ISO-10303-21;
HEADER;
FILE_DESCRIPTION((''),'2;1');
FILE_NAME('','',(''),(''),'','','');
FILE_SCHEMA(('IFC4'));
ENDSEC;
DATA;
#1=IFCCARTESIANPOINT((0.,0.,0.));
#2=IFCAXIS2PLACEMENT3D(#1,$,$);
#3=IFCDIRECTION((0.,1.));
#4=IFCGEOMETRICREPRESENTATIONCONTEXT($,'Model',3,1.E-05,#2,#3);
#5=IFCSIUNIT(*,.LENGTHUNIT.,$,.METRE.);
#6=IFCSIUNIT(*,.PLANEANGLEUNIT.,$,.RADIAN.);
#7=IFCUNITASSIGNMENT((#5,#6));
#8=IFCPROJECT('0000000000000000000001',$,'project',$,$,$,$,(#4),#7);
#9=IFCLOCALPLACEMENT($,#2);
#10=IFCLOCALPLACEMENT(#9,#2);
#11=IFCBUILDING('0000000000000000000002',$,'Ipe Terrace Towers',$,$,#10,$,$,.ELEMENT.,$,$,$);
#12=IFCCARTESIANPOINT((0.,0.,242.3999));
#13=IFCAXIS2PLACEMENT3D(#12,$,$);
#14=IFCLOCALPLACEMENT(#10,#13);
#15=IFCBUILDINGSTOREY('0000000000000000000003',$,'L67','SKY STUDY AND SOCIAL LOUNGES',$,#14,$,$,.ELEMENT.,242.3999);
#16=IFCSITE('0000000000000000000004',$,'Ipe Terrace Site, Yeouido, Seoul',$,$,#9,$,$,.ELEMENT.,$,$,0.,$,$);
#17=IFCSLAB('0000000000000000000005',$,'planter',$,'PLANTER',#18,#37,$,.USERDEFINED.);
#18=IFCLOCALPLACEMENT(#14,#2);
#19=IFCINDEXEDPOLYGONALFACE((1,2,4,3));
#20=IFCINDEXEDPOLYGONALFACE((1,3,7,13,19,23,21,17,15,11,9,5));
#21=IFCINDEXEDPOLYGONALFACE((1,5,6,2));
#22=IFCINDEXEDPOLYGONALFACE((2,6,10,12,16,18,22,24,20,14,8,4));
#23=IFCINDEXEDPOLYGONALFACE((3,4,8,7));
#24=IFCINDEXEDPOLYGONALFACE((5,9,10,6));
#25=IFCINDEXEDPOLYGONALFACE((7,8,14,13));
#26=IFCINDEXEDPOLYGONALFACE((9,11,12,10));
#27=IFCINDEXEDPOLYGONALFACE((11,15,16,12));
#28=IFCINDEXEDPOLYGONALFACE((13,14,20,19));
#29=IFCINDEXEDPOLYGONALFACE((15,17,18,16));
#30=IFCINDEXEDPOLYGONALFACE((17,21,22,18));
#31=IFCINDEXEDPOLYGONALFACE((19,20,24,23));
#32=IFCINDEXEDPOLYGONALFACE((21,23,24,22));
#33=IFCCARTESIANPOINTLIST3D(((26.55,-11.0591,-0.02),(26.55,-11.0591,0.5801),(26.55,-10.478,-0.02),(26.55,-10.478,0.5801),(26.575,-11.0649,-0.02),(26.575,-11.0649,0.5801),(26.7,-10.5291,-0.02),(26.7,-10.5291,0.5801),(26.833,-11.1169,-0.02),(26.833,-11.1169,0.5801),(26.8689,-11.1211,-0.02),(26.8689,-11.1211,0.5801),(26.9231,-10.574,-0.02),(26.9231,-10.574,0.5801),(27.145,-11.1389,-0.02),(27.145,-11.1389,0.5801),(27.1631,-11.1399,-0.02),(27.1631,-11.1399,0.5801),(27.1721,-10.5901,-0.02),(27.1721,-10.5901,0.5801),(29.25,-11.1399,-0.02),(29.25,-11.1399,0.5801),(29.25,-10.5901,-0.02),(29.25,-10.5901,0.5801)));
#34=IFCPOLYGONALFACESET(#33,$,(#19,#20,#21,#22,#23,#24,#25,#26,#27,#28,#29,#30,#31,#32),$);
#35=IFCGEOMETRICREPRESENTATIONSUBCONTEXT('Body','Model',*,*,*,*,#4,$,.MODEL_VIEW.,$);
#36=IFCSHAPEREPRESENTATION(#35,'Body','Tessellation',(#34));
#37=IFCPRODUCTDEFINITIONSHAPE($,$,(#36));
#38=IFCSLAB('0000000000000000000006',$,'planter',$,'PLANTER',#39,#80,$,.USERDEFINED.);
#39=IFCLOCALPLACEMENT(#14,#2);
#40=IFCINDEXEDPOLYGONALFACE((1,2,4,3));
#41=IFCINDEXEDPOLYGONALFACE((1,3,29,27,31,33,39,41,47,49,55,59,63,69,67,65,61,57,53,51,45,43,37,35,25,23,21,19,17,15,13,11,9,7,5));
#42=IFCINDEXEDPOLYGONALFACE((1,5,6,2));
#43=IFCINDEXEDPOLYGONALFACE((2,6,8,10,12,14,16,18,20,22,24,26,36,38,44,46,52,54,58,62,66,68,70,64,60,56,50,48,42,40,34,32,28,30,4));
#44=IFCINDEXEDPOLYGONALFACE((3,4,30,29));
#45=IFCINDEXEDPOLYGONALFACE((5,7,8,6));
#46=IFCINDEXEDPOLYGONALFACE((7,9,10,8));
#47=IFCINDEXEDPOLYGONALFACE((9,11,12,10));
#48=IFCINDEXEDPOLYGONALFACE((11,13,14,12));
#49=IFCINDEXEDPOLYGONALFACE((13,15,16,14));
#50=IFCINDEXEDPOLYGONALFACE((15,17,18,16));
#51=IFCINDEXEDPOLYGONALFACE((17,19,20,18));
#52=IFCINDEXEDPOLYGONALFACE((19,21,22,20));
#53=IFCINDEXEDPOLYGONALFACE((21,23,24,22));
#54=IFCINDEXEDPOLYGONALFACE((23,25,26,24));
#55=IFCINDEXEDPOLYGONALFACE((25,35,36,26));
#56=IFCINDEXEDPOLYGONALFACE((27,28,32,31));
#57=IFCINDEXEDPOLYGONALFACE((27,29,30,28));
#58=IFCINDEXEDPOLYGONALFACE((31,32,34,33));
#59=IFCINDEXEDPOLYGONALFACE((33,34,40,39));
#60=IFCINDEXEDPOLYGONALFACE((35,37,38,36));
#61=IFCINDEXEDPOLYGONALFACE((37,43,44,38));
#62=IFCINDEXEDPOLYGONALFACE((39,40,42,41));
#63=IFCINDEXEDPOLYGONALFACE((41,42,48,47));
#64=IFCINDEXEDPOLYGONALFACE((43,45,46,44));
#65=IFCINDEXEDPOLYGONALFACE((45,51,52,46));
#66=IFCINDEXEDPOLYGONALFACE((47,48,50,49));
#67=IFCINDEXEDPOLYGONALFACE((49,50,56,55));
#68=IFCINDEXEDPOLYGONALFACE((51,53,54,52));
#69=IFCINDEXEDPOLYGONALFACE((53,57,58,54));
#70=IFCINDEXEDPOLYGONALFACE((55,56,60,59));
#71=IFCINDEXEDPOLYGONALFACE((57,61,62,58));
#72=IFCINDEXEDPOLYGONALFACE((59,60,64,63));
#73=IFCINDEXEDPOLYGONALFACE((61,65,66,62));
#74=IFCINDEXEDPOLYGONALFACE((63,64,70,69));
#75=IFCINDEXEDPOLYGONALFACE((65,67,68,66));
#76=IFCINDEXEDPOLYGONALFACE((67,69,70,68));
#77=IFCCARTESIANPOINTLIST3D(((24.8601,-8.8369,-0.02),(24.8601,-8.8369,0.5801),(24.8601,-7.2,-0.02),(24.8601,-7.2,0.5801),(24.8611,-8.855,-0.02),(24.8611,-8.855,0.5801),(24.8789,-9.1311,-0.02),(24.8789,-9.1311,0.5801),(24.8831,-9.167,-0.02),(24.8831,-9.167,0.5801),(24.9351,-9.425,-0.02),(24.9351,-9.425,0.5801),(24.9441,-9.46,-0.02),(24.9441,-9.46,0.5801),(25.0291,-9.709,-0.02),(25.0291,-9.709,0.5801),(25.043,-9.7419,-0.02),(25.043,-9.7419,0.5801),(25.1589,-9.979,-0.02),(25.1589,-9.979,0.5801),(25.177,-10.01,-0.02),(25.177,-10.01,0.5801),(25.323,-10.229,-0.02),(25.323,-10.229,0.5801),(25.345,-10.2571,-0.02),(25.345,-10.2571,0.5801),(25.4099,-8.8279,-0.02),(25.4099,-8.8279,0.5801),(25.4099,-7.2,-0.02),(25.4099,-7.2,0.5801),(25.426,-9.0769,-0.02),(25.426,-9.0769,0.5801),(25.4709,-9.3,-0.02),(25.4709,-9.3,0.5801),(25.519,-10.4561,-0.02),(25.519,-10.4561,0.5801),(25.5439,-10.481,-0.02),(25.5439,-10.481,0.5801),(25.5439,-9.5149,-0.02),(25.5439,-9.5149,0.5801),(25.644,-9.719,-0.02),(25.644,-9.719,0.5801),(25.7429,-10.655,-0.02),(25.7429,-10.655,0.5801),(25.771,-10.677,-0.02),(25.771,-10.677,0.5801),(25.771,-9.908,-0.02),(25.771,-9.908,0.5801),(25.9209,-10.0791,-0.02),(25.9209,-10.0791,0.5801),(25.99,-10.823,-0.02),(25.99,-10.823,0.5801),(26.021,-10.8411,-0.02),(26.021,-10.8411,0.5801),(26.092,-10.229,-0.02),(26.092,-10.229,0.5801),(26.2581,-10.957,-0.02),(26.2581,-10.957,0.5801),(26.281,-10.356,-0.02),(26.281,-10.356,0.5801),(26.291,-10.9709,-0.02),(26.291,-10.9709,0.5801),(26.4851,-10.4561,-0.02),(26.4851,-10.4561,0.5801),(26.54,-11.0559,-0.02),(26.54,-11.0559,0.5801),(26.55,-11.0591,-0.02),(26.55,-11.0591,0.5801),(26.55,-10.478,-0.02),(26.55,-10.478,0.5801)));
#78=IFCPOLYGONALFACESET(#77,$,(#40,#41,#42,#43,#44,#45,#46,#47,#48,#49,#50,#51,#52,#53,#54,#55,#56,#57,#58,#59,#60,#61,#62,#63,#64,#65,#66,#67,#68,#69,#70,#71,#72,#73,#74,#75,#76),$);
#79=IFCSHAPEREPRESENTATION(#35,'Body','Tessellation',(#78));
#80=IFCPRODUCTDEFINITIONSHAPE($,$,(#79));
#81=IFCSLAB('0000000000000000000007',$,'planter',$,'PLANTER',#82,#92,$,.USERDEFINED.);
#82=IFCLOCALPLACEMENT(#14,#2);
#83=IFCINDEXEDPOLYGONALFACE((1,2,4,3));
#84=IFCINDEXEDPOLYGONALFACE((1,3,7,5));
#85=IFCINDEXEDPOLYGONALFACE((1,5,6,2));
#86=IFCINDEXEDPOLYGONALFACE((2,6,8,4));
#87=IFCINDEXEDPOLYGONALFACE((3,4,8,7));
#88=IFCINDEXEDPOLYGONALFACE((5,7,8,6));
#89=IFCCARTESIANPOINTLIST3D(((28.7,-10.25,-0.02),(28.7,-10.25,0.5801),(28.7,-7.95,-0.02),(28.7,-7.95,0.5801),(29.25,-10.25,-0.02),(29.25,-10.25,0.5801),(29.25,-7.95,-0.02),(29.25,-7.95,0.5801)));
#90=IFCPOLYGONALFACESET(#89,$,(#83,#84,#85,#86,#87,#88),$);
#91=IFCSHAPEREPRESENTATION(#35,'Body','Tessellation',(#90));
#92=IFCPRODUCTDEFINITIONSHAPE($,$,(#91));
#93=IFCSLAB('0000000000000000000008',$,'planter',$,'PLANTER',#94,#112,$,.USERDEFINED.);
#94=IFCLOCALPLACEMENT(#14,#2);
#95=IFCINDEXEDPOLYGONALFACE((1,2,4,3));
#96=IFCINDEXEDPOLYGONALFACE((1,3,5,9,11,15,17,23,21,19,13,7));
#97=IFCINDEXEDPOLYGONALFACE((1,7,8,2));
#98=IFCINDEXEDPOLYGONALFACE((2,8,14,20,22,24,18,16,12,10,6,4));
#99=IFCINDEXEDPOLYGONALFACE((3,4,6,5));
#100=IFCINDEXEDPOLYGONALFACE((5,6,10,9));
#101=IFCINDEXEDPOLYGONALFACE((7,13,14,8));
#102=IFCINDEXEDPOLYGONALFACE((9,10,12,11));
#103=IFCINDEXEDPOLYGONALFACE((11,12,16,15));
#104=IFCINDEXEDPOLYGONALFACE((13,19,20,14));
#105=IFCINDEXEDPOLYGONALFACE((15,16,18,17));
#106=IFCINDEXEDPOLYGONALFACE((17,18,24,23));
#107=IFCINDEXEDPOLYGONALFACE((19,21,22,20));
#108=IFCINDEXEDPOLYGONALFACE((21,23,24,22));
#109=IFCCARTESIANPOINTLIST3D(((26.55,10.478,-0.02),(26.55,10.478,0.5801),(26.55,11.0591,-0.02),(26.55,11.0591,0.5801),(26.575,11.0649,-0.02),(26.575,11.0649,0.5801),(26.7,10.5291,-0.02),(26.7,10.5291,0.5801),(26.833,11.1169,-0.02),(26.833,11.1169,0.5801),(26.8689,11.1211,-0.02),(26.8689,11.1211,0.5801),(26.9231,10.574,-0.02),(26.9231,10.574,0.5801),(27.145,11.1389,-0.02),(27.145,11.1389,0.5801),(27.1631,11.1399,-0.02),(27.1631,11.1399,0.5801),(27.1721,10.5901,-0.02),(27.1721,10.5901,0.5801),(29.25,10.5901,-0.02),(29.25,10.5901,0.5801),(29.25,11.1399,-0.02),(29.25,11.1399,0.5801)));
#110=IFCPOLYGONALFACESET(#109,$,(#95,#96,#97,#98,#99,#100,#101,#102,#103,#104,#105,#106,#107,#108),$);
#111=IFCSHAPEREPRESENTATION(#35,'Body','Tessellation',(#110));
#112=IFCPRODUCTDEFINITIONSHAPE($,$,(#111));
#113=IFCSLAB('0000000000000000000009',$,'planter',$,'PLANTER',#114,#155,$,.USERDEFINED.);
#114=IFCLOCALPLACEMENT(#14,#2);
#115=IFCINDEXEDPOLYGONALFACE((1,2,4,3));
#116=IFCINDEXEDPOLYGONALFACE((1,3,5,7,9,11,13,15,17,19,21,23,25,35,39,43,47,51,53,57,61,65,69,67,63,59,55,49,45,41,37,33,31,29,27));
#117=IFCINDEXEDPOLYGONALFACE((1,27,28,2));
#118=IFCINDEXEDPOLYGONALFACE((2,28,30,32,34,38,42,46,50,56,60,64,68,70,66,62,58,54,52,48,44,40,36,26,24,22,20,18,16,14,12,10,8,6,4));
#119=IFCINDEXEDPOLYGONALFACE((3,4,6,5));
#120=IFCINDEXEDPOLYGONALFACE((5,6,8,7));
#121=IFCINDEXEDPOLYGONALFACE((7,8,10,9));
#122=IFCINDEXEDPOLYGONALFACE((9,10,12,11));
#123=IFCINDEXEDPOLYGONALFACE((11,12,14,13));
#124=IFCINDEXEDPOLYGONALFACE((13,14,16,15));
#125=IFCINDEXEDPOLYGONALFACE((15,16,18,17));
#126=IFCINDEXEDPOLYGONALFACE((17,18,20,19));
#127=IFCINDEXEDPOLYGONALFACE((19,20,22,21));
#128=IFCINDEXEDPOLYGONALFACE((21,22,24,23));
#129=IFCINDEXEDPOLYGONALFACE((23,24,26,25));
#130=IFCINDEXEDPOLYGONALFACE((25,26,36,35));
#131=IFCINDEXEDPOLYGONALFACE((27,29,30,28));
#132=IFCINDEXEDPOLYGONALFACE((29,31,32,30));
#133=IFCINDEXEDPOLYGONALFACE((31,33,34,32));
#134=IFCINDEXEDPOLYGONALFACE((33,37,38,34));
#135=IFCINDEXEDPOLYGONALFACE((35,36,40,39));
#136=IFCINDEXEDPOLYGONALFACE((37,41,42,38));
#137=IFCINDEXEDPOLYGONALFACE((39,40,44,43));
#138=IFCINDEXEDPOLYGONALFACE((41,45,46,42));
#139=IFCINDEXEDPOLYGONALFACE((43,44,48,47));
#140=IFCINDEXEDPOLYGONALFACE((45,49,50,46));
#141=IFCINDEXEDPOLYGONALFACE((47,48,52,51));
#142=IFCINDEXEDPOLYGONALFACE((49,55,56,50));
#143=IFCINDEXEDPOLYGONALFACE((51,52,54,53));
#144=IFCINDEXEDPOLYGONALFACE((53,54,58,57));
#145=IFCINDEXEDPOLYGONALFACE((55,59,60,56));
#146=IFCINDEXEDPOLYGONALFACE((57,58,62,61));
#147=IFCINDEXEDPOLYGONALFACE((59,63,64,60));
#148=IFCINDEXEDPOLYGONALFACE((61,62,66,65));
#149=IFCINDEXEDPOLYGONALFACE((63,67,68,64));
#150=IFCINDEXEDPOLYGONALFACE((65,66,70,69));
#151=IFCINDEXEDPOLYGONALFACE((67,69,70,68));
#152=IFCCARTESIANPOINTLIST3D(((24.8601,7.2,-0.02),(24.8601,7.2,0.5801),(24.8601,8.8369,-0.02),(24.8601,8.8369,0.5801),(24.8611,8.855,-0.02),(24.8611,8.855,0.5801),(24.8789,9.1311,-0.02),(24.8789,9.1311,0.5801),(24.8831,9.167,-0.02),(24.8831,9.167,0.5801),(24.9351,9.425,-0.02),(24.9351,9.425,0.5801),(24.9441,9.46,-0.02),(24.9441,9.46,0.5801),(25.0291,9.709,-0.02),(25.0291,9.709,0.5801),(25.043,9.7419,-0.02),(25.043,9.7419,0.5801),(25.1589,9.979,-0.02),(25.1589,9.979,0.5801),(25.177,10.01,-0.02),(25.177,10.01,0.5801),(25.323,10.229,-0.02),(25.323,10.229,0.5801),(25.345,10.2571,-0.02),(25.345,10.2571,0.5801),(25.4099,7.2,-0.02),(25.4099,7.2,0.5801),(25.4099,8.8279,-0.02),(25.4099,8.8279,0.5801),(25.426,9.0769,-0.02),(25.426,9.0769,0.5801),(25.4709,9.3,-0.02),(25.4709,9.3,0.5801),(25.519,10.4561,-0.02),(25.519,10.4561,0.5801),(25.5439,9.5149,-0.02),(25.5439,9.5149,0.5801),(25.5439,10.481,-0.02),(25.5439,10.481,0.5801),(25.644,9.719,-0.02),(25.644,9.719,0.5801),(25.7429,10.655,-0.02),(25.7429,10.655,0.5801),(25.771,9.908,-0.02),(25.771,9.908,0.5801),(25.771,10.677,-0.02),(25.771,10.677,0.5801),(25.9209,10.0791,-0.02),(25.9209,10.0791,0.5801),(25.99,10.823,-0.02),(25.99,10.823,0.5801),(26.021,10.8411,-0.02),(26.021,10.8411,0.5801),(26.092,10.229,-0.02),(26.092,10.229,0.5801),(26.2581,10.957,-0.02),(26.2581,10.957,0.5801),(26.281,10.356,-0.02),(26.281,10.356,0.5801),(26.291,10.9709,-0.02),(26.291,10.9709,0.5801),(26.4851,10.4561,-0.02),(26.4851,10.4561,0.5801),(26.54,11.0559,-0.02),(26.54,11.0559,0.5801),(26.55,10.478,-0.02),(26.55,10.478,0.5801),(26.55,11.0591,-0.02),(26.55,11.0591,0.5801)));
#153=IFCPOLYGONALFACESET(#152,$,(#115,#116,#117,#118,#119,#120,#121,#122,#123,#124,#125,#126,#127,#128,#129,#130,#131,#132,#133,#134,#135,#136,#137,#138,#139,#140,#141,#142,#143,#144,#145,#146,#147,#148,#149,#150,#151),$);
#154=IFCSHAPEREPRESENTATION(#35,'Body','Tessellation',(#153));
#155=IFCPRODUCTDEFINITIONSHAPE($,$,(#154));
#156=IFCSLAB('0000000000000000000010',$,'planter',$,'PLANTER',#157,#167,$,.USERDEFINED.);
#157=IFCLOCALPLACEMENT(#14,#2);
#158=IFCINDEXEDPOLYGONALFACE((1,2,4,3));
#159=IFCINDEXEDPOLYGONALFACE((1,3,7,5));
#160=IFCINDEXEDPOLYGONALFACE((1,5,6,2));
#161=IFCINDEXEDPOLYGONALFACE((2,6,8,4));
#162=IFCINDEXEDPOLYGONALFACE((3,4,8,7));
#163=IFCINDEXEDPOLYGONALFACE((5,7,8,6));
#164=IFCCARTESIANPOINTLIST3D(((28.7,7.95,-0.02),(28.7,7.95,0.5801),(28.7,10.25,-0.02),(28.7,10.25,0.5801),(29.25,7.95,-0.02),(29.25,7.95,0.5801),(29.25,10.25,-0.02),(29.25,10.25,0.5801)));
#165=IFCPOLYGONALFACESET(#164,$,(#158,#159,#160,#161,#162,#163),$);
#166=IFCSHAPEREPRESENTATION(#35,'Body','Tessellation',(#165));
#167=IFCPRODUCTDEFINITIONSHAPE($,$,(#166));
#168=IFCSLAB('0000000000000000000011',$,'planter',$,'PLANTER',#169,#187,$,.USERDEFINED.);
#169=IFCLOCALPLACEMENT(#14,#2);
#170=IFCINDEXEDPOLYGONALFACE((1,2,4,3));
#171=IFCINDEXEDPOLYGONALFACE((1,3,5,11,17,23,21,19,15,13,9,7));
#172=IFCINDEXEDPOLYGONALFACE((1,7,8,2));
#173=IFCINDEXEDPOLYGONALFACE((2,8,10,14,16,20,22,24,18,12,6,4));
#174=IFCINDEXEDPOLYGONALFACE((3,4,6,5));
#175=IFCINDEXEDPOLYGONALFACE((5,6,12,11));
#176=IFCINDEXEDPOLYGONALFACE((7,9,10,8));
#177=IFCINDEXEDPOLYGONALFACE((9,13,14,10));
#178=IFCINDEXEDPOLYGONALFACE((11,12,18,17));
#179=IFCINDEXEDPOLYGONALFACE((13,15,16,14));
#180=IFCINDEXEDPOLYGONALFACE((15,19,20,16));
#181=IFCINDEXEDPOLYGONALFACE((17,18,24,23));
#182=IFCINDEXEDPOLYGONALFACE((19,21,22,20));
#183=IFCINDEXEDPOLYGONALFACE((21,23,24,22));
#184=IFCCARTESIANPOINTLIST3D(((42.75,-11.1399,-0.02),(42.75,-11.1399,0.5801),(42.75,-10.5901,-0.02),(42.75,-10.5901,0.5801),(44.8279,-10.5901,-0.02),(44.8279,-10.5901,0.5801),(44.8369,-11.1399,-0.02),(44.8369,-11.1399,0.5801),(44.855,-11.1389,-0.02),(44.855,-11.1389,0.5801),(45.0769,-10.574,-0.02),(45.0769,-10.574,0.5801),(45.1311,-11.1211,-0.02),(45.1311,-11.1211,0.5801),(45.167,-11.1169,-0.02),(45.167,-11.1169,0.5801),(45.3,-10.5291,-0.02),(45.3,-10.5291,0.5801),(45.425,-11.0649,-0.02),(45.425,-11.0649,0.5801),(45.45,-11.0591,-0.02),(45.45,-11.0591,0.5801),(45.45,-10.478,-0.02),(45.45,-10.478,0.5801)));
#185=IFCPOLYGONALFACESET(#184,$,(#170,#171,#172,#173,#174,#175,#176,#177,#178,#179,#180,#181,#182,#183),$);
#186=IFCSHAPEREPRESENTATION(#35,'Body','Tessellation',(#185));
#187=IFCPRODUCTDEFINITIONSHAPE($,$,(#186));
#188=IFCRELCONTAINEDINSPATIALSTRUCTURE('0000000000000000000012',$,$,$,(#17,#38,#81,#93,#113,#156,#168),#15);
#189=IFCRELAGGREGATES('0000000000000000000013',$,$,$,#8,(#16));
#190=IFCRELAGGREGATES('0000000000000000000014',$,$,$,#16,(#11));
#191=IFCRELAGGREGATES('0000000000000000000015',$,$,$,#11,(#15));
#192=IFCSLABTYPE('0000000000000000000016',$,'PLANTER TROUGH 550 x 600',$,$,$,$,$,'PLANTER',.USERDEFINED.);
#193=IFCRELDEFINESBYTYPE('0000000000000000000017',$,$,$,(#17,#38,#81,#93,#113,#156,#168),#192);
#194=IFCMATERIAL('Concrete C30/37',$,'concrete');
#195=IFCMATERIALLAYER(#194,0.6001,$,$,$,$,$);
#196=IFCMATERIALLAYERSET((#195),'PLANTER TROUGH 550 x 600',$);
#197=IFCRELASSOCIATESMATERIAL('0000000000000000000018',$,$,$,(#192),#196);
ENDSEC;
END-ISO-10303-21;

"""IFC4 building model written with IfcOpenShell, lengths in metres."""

from ifc_helpers import new_model, si_unit, direction, frame, origin, place, context, subcontext, project, spatial, polyline, outline, extrude, material, layer, layer_set, type_object, element, save


model = new_model("IFC4")

# Units and contexts
model_context = context("Model", 3, precision=1e-05, world=origin(), true_north=direction((0.0, 1.0)))
body_context = subcontext(model_context, "Body", "Model", "MODEL_VIEW")
ifc_project = project(units=[si_unit("LENGTHUNIT", "METRE"), si_unit("PLANEANGLEUNIT", "RADIAN")], contexts=[model_context])

# Site, building, storey
site_placement = place(None, origin())
site = spatial("IfcSite", under=ifc_project, at=site_placement, Name="Ipe Terrace Site, Yeouido, Seoul", CompositionType="ELEMENT", RefElevation=0.0)
building_placement = place(site_placement, origin())
building = spatial("IfcBuilding", under=site, at=building_placement, Name="Ipe Terrace Towers", CompositionType="ELEMENT")
storey_placement = place(building_placement, frame((0.0, 0.0, 242.3999)))
storey = spatial("IfcBuildingStorey", under=building, at=storey_placement, Name="L67", Description="SKY STUDY AND SOCIAL LOUNGES", CompositionType="ELEMENT", Elevation=242.3999)

# Slabs
ifc_material_1 = material(Name="Concrete C30/37", Category="concrete")
ifc_layer_1 = layer(ifc_material_1, 0.6001)
ifc_layer_set_1 = layer_set([ifc_layer_1], Name="PLANTER TROUGH 550 x 600")
slab_type_1 = type_object("IfcSlabType", Name="PLANTER TROUGH 550 x 600", ElementType="PLANTER", PredefinedType="USERDEFINED", material=ifc_layer_set_1)
slab_1_placement = place(storey_placement, frame((0.0, 0.0, -0.02)))
element("IfcSlab", 1, at=slab_1_placement, inside=storey, type_object=slab_type_1, Name="planter", ObjectType="PLANTER", PredefinedType="USERDEFINED", context=body_context, shape_type="SweptSolid", body=[
    extrude(outline(polyline([(26.7, -10.5291), (26.55, -10.478), (26.55, -11.0591), (26.575, -11.0649), (26.833, -11.1169), (26.8689, -11.1211), (27.145, -11.1389), (27.1631, -11.1399), (29.25, -11.1399), (29.25, -10.5901), (27.1721, -10.5901), (26.9231, -10.574), (26.7, -10.5291)])), origin(), (0.0, 0.0, 1.0), 0.6001),
])
slab_2_placement = place(storey_placement, frame((0.0, 0.0, -0.02)))
element("IfcSlab", 2, at=slab_2_placement, inside=storey, type_object=slab_type_1, Name="planter", ObjectType="PLANTER", PredefinedType="USERDEFINED", context=body_context, shape_type="SweptSolid", body=[
    extrude(outline(polyline([(26.4851, -10.4561), (26.281, -10.356), (26.092, -10.229), (25.9209, -10.0791), (25.771, -9.908), (25.644, -9.719), (25.5439, -9.5149), (25.4709, -9.3), (25.426, -9.0769), (25.4099, -8.8279), (25.4099, -7.2), (24.8601, -7.2), (24.8601, -8.8369), (24.8611, -8.855), (24.8789, -9.1311), (24.8831, -9.167), (24.9351, -9.425), (24.9441, -9.46), (25.0291, -9.709), (25.043, -9.7419), (25.1589, -9.979), (25.177, -10.01), (25.323, -10.229), (25.345, -10.2571), (25.519, -10.4561), (25.5439, -10.481), (25.7429, -10.655), (25.771, -10.677), (25.99, -10.823), (26.021, -10.8411), (26.2581, -10.957), (26.291, -10.9709), (26.54, -11.0559), (26.55, -11.0591), (26.55, -10.478), (26.4851, -10.4561)])), origin(), (0.0, 0.0, 1.0), 0.6001),
])
slab_3_placement = place(storey_placement, frame((0.0, 0.0, -0.02)))
element("IfcSlab", 3, at=slab_3_placement, inside=storey, type_object=slab_type_1, Name="planter", ObjectType="PLANTER", PredefinedType="USERDEFINED", context=body_context, shape_type="SweptSolid", body=[
    extrude(outline(polyline([(29.25, -7.95), (28.7, -7.95), (28.7, -10.25), (29.25, -10.25), (29.25, -7.95)])), origin(), (0.0, 0.0, 1.0), 0.6001),
])
slab_4_placement = place(storey_placement, frame((0.0, 0.0, -0.02)))
element("IfcSlab", 4, at=slab_4_placement, inside=storey, type_object=slab_type_1, Name="planter", ObjectType="PLANTER", PredefinedType="USERDEFINED", context=body_context, shape_type="SweptSolid", body=[
    extrude(outline(polyline([(26.7, 10.5291), (26.9231, 10.574), (27.1721, 10.5901), (29.25, 10.5901), (29.25, 11.1399), (27.1631, 11.1399), (27.145, 11.1389), (26.8689, 11.1211), (26.833, 11.1169), (26.575, 11.0649), (26.55, 11.0591), (26.55, 10.478), (26.7, 10.5291)])), origin(), (0.0, 0.0, 1.0), 0.6001),
])
slab_5_placement = place(storey_placement, frame((0.0, 0.0, -0.02)))
element("IfcSlab", 5, at=slab_5_placement, inside=storey, type_object=slab_type_1, Name="planter", ObjectType="PLANTER", PredefinedType="USERDEFINED", context=body_context, shape_type="SweptSolid", body=[
    extrude(outline(polyline([(26.4851, 10.4561), (26.55, 10.478), (26.55, 11.0591), (26.54, 11.0559), (26.291, 10.9709), (26.2581, 10.957), (26.021, 10.8411), (25.99, 10.823), (25.771, 10.677), (25.7429, 10.655), (25.5439, 10.481), (25.519, 10.4561), (25.345, 10.2571), (25.323, 10.229), (25.177, 10.01), (25.1589, 9.979), (25.043, 9.7419), (25.0291, 9.709), (24.9441, 9.46), (24.9351, 9.425), (24.8831, 9.167), (24.8789, 9.1311), (24.8611, 8.855), (24.8601, 8.8369), (24.8601, 7.2), (25.4099, 7.2), (25.4099, 8.8279), (25.426, 9.0769), (25.4709, 9.3), (25.5439, 9.5149), (25.644, 9.719), (25.771, 9.908), (25.9209, 10.0791), (26.092, 10.229), (26.281, 10.356), (26.4851, 10.4561)])), origin(), (0.0, 0.0, 1.0), 0.6001),
])
slab_6_placement = place(storey_placement, frame((0.0, 0.0, -0.02)))
element("IfcSlab", 6, at=slab_6_placement, inside=storey, type_object=slab_type_1, Name="planter", ObjectType="PLANTER", PredefinedType="USERDEFINED", context=body_context, shape_type="SweptSolid", body=[
    extrude(outline(polyline([(29.25, 7.95), (29.25, 10.25), (28.7, 10.25), (28.7, 7.95), (29.25, 7.95)])), origin(), (0.0, 0.0, 1.0), 0.6001),
])
slab_7_placement = place(storey_placement, frame((0.0, 0.0, -0.02)))
element("IfcSlab", 7, at=slab_7_placement, inside=storey, type_object=slab_type_1, Name="planter", ObjectType="PLANTER", PredefinedType="USERDEFINED", context=body_context, shape_type="SweptSolid", body=[
    extrude(outline(polyline([(45.3, -10.5291), (45.0769, -10.574), (44.8279, -10.5901), (42.75, -10.5901), (42.75, -11.1399), (44.8369, -11.1399), (44.855, -11.1389), (45.1311, -11.1211), (45.167, -11.1169), (45.425, -11.0649), (45.45, -11.0591), (45.45, -10.478), (45.3, -10.5291)])), origin(), (0.0, 0.0, 1.0), 0.6001),
])

save(model, "model.ifc")
